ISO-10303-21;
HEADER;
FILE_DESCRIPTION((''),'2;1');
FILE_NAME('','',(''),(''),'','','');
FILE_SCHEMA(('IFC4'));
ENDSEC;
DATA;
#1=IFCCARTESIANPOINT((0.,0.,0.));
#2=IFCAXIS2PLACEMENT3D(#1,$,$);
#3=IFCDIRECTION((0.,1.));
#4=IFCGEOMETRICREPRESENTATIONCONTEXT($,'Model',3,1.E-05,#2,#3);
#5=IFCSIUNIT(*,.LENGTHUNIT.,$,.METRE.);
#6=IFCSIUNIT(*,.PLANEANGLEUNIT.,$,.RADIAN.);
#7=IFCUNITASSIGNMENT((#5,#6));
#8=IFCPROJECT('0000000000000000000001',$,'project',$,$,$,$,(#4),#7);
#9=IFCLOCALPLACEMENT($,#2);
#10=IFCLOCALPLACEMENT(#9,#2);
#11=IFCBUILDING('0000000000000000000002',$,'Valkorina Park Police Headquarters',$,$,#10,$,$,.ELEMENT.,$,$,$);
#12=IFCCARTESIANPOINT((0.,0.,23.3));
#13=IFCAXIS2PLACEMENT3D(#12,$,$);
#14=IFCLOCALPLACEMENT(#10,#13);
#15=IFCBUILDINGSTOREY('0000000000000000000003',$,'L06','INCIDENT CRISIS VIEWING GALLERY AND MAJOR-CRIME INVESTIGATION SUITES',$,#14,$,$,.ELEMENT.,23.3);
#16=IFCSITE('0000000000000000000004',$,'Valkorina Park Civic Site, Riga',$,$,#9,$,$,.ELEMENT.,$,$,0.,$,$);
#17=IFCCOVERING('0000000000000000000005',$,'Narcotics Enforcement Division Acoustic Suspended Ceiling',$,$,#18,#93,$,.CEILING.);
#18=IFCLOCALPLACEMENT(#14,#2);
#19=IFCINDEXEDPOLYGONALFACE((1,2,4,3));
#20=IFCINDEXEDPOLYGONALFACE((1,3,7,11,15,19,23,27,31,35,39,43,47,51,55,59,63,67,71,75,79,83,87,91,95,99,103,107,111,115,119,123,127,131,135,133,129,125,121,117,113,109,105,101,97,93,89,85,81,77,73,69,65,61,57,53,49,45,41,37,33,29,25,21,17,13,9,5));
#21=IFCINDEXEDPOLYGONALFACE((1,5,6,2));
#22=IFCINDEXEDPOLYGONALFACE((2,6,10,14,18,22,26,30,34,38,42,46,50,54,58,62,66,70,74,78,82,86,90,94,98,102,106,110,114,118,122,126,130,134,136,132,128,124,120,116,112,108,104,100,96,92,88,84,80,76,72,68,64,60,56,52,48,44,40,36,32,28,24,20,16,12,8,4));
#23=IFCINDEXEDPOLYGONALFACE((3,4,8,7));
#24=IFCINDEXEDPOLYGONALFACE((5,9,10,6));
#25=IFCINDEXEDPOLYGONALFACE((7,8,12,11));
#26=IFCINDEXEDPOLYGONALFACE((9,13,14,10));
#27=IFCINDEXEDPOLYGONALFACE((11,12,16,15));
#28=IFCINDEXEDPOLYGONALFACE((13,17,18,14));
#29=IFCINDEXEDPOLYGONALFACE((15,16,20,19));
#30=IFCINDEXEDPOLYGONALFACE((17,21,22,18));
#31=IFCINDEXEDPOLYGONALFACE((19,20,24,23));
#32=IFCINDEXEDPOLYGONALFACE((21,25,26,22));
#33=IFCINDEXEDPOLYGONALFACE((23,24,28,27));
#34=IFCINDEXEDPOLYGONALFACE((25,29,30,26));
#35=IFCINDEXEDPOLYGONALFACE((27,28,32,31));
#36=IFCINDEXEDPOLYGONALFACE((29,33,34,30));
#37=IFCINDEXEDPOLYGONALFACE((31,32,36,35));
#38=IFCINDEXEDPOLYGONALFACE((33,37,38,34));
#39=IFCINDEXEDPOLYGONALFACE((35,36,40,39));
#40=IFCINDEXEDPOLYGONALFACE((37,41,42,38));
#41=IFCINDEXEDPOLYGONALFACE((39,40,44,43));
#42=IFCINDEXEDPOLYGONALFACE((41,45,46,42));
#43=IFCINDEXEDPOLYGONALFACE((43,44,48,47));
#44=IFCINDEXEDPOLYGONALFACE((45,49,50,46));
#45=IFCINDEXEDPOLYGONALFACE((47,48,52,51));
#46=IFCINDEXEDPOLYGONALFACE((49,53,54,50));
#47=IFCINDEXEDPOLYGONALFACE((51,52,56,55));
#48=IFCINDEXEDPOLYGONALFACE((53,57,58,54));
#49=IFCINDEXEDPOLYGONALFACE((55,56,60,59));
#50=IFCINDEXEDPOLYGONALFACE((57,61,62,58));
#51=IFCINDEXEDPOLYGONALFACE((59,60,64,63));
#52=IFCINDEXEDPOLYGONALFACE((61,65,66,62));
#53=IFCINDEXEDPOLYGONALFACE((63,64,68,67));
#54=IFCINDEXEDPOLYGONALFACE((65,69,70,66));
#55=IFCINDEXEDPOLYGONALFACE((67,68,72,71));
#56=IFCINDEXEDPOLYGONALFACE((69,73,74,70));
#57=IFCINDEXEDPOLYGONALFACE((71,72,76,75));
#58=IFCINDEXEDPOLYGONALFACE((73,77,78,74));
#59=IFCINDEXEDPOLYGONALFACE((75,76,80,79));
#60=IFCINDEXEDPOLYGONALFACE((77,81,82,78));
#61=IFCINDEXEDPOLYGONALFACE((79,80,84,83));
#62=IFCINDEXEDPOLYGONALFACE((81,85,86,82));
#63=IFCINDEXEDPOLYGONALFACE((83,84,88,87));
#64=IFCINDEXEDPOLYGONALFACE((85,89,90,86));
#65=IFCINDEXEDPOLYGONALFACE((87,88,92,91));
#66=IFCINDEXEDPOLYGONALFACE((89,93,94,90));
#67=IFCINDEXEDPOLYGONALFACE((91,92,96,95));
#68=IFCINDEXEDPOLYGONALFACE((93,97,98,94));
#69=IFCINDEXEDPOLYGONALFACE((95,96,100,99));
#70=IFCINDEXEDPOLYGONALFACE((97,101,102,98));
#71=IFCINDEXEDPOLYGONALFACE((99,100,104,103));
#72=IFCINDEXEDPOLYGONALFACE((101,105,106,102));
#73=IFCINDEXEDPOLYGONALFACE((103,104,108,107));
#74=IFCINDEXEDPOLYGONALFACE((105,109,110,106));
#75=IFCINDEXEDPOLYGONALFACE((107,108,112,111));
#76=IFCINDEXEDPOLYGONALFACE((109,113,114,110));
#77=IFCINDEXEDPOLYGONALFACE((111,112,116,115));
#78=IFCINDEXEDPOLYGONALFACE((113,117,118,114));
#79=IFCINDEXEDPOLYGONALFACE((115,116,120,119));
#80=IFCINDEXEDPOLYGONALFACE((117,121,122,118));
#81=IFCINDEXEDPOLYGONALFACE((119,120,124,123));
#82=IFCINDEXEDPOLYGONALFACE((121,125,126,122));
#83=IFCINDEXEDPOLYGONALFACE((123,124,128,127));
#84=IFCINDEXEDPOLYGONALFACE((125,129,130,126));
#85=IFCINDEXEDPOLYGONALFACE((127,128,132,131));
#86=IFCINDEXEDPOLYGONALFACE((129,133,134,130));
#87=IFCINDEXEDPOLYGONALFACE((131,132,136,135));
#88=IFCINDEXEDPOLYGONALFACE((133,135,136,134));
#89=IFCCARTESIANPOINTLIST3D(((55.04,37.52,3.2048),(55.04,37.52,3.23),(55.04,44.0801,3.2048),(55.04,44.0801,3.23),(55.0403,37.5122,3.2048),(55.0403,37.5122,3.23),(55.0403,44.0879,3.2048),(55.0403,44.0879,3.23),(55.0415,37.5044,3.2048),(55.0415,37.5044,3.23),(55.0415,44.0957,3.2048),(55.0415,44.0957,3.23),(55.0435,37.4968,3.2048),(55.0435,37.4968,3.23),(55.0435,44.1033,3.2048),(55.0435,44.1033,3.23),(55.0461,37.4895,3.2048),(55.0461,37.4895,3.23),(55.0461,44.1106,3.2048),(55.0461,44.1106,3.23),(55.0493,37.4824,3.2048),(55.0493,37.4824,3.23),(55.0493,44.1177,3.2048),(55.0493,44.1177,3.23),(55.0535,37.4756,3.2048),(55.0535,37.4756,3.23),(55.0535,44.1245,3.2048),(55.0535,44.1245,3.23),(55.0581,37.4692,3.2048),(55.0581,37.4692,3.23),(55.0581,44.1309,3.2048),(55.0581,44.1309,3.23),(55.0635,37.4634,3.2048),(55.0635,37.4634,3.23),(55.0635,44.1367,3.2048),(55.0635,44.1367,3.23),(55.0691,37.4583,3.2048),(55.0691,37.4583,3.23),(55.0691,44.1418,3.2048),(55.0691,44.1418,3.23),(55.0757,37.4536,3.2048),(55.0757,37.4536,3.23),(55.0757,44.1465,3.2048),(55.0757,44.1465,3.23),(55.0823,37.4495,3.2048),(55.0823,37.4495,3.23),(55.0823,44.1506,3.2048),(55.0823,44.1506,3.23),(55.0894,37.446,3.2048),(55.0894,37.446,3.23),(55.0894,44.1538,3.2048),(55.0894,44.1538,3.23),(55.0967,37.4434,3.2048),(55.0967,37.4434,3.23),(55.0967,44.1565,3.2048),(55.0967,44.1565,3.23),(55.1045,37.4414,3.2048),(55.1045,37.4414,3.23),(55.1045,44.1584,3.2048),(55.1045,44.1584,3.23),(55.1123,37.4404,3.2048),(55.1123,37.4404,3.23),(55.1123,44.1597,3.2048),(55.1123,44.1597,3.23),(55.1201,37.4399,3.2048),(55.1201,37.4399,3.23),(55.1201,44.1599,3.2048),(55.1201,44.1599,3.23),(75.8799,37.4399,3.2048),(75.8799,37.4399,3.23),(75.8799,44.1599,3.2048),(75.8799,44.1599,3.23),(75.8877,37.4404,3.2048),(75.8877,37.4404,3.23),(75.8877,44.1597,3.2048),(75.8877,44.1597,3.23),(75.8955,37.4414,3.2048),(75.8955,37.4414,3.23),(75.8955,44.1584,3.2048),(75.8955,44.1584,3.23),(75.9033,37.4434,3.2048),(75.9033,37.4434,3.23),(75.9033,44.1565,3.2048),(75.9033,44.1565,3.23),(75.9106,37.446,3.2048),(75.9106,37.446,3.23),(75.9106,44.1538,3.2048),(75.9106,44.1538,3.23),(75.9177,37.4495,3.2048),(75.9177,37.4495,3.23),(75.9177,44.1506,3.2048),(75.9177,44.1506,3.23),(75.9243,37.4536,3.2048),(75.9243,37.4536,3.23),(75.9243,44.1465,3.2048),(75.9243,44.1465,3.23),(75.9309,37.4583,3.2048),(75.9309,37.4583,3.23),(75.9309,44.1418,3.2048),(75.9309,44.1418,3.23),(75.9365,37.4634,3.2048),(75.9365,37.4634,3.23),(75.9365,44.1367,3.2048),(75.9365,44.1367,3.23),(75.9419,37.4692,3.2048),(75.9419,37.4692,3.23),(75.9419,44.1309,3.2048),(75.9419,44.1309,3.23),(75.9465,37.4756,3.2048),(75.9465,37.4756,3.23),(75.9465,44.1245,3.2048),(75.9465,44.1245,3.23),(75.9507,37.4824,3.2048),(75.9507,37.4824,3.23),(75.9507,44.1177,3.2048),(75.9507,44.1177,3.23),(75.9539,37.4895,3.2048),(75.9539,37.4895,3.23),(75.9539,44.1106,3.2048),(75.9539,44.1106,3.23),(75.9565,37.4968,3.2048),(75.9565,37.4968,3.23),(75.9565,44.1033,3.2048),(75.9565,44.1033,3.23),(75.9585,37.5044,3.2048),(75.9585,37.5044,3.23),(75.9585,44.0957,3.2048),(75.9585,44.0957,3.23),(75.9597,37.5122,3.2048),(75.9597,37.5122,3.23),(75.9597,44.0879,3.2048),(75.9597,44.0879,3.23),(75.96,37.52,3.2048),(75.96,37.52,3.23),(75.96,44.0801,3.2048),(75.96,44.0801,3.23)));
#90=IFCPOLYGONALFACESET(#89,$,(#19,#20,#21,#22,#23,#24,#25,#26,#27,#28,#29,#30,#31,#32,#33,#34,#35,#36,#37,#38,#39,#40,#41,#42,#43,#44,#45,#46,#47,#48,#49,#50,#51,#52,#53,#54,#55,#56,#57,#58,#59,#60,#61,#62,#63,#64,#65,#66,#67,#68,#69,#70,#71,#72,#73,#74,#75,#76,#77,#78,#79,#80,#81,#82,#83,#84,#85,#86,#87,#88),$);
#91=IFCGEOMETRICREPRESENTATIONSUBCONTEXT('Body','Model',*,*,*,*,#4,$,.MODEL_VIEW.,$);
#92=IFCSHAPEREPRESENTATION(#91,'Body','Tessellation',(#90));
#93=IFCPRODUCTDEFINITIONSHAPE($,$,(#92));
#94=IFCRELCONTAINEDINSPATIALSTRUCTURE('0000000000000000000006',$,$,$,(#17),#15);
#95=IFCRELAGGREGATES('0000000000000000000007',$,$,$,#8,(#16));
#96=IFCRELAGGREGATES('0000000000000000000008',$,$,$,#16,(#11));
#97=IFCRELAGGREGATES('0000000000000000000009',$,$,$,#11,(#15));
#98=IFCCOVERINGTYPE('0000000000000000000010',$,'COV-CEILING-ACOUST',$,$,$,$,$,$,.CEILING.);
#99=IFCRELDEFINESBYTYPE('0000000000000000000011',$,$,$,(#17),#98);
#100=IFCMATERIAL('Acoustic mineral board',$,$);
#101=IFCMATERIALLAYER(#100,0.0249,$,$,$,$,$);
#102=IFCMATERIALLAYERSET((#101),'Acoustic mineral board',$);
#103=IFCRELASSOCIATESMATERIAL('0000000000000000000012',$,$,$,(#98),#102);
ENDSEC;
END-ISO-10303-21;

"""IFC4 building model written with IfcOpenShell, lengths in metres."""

from ifc_helpers import new_model, si_unit, direction, frame, origin, place, context, subcontext, project, spatial, polyline, outline, extrude, material, layer, layer_set, type_object, element, save


model = new_model("IFC4")

# Units and contexts
model_context = context("Model", 3, precision=1e-05, world=origin(), true_north=direction((0.0, 1.0)))
body_context = subcontext(model_context, "Body", "Model", "MODEL_VIEW")
ifc_project = project(units=[si_unit("LENGTHUNIT", "METRE"), si_unit("PLANEANGLEUNIT", "RADIAN")], contexts=[model_context])

# Site, building, storey
site_placement = place(None, origin())
site = spatial("IfcSite", under=ifc_project, at=site_placement, Name="Valkorina Park Civic Site, Riga", CompositionType="ELEMENT", RefElevation=0.0)
building_placement = place(site_placement, origin())
building = spatial("IfcBuilding", under=site, at=building_placement, Name="Valkorina Park Police Headquarters", CompositionType="ELEMENT")
storey_placement = place(building_placement, frame((0.0, 0.0, 23.3)))
storey = spatial("IfcBuildingStorey", under=building, at=storey_placement, Name="L06", Description="INCIDENT CRISIS VIEWING GALLERY AND MAJOR-CRIME INVESTIGATION SUITES", CompositionType="ELEMENT", Elevation=23.3)

# Covering
ifc_material_1 = material(Name="Acoustic mineral board")
ifc_layer_1 = layer(ifc_material_1, 0.0249)
ifc_layer_set_1 = layer_set([ifc_layer_1], Name="Acoustic mineral board")
covering_type_1 = type_object("IfcCoveringType", Name="COV-CEILING-ACOUST", PredefinedType="CEILING", material=ifc_layer_set_1)
covering_1_placement = place(storey_placement, frame((0.0, 0.0, 3.2048)))
element("IfcCovering", 1, at=covering_1_placement, inside=storey, type_object=covering_type_1, Name="Narcotics Enforcement Division Acoustic Suspended Ceiling", PredefinedType="CEILING", context=body_context, shape_type="SweptSolid", body=[
    extrude(outline(polyline([(75.8955, 44.1584), (75.8877, 44.1597), (75.8799, 44.1599), (55.1201, 44.1599), (55.1123, 44.1597), (55.1045, 44.1584), (55.0967, 44.1565), (55.0894, 44.1538), (55.0823, 44.1506), (55.0757, 44.1465), (55.0691, 44.1418), (55.0635, 44.1367), (55.0581, 44.1309), (55.0535, 44.1245), (55.0493, 44.1177), (55.0461, 44.1106), (55.0435, 44.1033), (55.0415, 44.0957), (55.0403, 44.0879), (55.04, 44.0801), (55.04, 37.52), (55.0403, 37.5122), (55.0415, 37.5044), (55.0435, 37.4968), (55.0461, 37.4895), (55.0493, 37.4824), (55.0535, 37.4756), (55.0581, 37.4692), (55.0635, 37.4634), (55.0691, 37.4583), (55.0757, 37.4536), (55.0823, 37.4495), (55.0894, 37.446), (55.0967, 37.4434), (55.1045, 37.4414), (55.1123, 37.4404), (55.1201, 37.4399), (75.8799, 37.4399), (75.8877, 37.4404), (75.8955, 37.4414), (75.9033, 37.4434), (75.9106, 37.446), (75.9177, 37.4495), (75.9243, 37.4536), (75.9309, 37.4583), (75.9365, 37.4634), (75.9419, 37.4692), (75.9465, 37.4756), (75.9507, 37.4824), (75.9539, 37.4895), (75.9565, 37.4968), (75.9585, 37.5044), (75.9597, 37.5122), (75.96, 37.52), (75.96, 44.0801), (75.9597, 44.0879), (75.9585, 44.0957), (75.9565, 44.1033), (75.9539, 44.1106), (75.9507, 44.1177), (75.9465, 44.1245), (75.9419, 44.1309), (75.9365, 44.1367), (75.9309, 44.1418), (75.9243, 44.1465), (75.9177, 44.1506), (75.9106, 44.1538), (75.9033, 44.1565), (75.8955, 44.1584)])), origin(), (0.0, 0.0, 1.0), 0.0251),
])

save(model, "model.ifc")
